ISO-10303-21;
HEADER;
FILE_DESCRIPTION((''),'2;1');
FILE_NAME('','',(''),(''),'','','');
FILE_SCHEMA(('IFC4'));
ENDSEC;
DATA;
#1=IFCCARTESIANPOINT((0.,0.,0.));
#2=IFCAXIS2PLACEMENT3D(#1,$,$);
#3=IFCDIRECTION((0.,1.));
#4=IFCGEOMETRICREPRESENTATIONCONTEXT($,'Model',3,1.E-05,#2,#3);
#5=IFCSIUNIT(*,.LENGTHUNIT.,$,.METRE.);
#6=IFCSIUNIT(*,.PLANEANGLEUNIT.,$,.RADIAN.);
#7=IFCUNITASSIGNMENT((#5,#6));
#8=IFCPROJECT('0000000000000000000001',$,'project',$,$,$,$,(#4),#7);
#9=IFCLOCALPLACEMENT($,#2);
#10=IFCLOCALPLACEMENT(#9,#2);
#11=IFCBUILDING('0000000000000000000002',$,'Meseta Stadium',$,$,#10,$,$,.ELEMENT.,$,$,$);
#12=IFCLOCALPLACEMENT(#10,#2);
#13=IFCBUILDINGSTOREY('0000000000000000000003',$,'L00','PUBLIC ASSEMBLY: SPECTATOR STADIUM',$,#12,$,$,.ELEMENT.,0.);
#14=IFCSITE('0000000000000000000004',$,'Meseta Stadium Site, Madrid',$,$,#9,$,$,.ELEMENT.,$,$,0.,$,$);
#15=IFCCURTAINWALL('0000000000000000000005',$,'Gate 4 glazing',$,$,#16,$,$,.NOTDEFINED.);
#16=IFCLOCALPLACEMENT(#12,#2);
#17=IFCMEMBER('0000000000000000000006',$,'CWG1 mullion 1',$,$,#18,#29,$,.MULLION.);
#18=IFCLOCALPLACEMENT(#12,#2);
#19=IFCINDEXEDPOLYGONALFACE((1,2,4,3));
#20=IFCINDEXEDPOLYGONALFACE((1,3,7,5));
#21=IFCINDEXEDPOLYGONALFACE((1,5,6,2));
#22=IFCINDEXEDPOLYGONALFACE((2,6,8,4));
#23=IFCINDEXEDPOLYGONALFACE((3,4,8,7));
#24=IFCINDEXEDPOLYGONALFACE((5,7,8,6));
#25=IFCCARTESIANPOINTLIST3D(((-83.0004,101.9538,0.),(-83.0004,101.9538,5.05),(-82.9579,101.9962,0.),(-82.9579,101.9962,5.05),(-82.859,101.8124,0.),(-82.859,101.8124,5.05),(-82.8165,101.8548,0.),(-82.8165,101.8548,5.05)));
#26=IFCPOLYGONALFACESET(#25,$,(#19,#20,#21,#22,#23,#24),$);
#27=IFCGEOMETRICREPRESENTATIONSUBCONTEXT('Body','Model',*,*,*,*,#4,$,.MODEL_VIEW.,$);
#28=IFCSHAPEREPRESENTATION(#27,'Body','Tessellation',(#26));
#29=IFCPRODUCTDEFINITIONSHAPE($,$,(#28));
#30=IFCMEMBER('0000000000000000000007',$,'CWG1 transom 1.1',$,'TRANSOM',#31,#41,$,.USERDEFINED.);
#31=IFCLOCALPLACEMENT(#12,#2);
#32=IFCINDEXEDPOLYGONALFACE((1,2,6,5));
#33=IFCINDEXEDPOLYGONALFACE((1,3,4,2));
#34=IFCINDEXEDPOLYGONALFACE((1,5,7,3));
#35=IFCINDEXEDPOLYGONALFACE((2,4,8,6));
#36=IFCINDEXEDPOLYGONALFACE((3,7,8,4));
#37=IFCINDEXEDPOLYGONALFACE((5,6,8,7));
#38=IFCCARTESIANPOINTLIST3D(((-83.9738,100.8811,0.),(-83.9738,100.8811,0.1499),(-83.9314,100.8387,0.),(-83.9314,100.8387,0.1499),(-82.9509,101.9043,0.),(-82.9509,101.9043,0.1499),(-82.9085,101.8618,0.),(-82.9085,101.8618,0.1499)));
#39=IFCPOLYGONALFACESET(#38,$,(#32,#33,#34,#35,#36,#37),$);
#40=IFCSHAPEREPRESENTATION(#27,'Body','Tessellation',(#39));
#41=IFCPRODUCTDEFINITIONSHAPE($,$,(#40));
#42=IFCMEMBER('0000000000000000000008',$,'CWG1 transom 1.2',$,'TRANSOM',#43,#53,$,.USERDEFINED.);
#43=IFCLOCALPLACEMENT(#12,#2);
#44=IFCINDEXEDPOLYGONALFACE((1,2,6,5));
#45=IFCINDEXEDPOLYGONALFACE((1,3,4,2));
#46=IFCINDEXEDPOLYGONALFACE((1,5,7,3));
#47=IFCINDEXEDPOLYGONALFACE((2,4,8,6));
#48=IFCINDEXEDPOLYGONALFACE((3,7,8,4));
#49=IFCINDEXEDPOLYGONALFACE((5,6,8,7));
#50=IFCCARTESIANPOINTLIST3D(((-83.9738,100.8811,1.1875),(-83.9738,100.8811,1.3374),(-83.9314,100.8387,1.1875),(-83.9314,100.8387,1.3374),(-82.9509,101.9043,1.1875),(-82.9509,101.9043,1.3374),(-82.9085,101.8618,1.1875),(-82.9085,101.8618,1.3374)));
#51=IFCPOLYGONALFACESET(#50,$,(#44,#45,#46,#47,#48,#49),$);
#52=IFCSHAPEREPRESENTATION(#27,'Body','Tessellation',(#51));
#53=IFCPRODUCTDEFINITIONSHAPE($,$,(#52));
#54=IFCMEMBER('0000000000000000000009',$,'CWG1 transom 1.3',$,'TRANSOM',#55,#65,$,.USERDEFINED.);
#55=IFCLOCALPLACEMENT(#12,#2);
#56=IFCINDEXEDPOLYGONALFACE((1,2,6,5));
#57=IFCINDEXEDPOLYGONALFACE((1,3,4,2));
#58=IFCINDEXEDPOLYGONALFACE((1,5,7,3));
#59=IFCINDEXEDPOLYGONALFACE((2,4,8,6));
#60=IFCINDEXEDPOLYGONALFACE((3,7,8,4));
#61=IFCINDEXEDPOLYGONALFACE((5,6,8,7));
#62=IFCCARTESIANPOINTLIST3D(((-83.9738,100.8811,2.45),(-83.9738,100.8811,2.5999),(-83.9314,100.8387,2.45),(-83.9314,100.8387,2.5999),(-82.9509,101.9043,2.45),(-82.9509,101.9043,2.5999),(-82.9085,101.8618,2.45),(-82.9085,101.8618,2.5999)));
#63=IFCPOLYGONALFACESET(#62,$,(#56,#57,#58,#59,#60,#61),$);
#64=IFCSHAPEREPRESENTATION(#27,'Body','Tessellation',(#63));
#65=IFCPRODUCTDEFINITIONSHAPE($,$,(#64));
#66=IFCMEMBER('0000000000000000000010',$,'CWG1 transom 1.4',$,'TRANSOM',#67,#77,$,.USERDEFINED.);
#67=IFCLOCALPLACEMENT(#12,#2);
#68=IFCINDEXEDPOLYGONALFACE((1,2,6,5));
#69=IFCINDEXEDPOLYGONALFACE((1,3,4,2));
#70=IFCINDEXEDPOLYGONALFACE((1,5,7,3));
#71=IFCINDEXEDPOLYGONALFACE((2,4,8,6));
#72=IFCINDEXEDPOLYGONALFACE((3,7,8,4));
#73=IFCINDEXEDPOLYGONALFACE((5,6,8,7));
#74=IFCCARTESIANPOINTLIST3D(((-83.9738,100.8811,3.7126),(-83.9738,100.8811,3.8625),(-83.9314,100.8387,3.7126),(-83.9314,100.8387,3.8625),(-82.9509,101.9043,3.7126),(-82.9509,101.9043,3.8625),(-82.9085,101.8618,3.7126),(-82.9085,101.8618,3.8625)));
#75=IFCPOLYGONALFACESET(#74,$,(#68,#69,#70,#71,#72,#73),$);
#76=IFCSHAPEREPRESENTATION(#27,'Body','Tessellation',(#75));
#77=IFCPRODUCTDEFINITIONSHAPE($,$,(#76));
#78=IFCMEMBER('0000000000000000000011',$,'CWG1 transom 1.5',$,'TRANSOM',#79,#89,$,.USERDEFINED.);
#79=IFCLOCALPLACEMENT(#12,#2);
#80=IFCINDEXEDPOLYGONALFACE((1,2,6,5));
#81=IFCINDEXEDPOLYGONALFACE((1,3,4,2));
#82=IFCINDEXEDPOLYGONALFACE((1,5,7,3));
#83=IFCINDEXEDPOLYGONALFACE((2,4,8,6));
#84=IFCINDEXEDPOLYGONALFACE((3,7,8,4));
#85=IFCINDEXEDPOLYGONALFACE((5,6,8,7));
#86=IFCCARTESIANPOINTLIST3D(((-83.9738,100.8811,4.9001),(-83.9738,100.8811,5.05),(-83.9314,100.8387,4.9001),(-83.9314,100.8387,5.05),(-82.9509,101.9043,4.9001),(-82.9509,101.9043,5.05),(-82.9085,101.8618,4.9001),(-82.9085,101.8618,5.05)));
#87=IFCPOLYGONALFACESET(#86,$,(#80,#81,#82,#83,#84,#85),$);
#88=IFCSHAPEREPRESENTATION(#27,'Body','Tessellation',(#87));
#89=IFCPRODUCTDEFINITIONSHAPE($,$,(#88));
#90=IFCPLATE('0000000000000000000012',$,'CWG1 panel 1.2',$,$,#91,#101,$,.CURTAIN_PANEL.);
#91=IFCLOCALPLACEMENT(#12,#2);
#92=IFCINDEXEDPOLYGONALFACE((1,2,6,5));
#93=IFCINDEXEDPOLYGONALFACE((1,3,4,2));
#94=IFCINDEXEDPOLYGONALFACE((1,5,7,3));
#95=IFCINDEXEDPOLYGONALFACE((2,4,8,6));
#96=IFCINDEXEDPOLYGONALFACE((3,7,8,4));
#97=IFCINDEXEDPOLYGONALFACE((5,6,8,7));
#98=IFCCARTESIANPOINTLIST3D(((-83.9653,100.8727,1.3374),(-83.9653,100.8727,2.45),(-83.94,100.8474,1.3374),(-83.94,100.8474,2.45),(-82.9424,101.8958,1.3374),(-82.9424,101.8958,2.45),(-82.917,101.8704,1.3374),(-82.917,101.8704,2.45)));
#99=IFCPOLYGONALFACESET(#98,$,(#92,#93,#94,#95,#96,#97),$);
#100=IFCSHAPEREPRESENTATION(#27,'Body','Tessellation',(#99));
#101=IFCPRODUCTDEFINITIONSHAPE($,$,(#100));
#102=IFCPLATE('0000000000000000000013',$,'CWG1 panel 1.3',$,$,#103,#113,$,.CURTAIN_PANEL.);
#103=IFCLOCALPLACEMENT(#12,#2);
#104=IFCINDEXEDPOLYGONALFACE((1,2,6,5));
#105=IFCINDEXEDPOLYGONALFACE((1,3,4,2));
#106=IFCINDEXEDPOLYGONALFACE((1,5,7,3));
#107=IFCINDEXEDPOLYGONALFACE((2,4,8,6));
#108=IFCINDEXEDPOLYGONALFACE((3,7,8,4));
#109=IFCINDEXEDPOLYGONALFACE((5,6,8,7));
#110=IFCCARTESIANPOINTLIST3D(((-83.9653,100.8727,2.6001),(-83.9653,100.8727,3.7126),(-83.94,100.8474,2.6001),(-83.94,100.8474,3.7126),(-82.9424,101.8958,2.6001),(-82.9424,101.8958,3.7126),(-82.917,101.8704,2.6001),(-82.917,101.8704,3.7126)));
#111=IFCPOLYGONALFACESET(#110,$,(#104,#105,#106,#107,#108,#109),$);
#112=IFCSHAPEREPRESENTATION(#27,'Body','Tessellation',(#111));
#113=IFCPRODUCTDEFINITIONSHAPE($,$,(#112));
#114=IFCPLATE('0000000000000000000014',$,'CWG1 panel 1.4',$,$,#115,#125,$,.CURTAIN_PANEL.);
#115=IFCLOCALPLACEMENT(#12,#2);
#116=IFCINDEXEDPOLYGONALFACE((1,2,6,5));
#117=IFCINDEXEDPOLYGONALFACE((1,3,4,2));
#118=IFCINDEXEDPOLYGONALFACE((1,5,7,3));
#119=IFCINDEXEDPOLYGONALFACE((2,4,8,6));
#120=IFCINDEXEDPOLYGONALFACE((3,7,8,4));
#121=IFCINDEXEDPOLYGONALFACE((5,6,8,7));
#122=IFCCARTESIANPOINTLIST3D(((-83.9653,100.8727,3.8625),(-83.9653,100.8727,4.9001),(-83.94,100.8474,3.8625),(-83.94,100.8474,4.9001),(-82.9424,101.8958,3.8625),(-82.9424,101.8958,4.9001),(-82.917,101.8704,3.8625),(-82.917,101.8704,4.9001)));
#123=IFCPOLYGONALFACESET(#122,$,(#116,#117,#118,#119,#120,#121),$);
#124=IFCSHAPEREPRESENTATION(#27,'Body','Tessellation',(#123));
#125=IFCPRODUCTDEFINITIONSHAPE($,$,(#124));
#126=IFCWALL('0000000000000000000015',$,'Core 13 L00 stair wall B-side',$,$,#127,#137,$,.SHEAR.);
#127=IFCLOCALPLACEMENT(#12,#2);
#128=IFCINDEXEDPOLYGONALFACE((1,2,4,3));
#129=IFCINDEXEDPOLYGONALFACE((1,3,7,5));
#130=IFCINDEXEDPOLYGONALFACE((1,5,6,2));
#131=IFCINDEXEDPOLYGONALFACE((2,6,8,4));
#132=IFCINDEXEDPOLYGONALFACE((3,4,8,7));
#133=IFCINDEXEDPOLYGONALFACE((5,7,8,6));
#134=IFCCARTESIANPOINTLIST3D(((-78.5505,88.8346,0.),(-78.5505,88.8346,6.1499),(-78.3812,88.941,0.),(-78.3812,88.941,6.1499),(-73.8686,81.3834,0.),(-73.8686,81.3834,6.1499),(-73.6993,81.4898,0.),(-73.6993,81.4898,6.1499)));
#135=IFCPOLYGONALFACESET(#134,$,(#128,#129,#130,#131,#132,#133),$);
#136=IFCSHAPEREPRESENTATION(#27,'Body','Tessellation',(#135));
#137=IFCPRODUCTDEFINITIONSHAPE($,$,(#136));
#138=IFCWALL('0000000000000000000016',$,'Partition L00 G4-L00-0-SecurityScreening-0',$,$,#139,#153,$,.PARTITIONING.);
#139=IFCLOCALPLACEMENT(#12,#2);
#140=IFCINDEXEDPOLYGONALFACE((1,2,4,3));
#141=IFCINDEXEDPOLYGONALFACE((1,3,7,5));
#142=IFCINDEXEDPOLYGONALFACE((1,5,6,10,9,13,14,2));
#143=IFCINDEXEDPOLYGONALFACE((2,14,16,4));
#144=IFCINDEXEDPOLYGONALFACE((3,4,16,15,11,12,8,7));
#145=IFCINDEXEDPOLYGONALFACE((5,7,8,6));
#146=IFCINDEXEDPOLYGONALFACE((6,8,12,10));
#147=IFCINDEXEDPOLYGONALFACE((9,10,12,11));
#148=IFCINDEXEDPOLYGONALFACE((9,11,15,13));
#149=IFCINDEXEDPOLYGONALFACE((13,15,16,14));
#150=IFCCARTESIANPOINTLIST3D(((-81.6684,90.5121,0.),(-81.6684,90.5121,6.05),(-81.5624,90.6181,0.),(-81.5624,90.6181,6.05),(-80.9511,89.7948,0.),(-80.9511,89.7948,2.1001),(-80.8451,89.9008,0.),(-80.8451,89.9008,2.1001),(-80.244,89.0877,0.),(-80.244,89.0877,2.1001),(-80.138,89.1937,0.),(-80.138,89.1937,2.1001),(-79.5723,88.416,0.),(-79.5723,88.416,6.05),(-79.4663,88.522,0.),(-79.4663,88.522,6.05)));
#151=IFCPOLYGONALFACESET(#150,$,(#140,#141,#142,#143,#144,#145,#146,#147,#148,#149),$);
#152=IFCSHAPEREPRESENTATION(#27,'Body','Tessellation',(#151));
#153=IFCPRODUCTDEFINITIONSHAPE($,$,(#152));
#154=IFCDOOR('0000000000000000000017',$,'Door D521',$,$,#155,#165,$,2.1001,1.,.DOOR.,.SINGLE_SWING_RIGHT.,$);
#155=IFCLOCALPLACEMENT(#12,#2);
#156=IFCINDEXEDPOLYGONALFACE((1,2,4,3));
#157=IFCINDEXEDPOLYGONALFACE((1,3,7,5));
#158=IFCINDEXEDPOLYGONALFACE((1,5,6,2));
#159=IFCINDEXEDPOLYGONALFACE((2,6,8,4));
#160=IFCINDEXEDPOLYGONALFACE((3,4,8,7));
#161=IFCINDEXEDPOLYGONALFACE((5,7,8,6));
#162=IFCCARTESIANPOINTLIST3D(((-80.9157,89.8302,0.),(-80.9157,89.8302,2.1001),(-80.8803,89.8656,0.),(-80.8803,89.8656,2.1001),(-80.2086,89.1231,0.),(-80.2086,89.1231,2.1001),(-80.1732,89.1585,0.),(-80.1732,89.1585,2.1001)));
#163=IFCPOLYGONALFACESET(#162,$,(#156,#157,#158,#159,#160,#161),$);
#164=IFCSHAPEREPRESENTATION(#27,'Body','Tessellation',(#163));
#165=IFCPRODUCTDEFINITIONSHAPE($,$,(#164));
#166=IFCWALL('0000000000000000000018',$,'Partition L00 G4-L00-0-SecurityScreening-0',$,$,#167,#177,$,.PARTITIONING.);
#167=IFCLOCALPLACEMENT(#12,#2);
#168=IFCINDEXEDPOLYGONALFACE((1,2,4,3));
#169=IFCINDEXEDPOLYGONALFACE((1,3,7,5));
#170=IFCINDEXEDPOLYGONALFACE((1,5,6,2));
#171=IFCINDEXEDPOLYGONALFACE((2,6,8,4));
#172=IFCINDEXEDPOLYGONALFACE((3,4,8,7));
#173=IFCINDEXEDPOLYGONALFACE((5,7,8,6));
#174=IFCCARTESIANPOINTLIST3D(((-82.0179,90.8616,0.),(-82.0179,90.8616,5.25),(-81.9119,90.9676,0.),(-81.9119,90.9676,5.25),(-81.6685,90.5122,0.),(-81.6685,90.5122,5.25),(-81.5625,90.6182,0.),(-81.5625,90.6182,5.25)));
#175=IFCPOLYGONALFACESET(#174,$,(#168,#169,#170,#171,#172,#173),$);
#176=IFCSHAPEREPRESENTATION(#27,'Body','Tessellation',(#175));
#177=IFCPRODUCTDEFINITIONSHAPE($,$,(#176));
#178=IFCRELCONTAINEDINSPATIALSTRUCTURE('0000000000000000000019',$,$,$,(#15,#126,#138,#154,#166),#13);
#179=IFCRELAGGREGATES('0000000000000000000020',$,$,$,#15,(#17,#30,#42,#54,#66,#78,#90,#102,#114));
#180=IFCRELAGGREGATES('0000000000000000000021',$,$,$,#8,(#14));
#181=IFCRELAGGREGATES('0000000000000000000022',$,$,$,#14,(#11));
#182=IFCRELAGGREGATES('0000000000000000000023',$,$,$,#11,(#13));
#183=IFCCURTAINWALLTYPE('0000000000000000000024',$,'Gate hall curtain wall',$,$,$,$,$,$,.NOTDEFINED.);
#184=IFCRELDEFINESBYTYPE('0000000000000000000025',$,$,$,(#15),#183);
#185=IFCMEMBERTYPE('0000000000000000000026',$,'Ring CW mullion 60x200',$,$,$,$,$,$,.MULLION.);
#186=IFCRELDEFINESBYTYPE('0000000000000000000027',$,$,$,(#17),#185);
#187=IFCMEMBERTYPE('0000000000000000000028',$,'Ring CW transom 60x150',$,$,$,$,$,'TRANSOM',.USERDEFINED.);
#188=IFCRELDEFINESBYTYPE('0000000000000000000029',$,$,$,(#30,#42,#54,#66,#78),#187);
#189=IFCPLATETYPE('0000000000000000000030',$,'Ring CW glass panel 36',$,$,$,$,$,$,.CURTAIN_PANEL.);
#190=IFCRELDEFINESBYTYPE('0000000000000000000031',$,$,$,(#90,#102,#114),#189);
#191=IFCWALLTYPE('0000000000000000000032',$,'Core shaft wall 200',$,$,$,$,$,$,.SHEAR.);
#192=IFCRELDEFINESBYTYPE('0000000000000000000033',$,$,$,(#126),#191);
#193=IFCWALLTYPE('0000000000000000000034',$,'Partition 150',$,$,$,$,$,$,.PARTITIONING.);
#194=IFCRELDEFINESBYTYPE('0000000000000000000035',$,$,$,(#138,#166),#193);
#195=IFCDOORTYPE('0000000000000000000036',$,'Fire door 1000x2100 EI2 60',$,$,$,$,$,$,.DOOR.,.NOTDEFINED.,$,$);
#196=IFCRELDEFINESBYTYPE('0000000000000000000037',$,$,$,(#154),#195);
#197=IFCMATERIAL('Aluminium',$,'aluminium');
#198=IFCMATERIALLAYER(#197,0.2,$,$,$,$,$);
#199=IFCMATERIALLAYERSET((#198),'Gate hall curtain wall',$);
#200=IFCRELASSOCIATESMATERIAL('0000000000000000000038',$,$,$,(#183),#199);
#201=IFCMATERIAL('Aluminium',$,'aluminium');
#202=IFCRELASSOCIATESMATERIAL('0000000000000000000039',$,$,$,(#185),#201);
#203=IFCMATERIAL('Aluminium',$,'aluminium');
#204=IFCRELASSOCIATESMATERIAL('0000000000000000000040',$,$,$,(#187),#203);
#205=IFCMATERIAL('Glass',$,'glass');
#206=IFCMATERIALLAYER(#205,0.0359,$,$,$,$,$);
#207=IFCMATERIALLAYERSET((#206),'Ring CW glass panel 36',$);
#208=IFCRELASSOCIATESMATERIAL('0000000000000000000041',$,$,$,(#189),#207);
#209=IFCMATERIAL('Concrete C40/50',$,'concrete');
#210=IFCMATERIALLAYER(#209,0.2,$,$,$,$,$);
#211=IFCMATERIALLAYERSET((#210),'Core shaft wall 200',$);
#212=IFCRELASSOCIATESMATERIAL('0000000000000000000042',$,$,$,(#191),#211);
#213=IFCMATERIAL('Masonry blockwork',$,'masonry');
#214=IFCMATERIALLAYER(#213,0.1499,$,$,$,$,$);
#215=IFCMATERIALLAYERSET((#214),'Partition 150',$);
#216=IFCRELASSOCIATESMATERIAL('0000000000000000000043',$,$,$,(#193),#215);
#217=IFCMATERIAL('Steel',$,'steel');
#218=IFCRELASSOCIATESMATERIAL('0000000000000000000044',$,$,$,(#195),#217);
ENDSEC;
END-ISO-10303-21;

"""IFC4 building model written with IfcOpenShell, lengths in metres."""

from ifc_helpers import new_model, si_unit, direction, frame, frame_2d, origin, origin_2d, place, context, subcontext, project, spatial, rectangle, extrude, material, layer, layer_set, material_profile, profile_set, type_object, element, fill, aggregate, save


model = new_model("IFC4")

# Units and contexts
model_context = context("Model", 3, precision=1e-05, world=origin(), true_north=direction((0.0, 1.0)))
body_context = subcontext(model_context, "Body", "Model", "MODEL_VIEW")
ifc_project = project(units=[si_unit("LENGTHUNIT", "METRE"), si_unit("PLANEANGLEUNIT", "RADIAN")], contexts=[model_context])

# Site, building, storey
site_placement = place(None, origin())
site = spatial("IfcSite", under=ifc_project, at=site_placement, Name="Meseta Stadium Site, Madrid", CompositionType="ELEMENT", RefElevation=0.0)
building_placement = place(site_placement, origin())
building = spatial("IfcBuilding", under=site, at=building_placement, Name="Meseta Stadium", CompositionType="ELEMENT")
storey_placement = place(building_placement, origin())
storey = spatial("IfcBuildingStorey", under=building, at=storey_placement, Name="L00", Description="PUBLIC ASSEMBLY: SPECTATOR STADIUM", CompositionType="ELEMENT", Elevation=0.0)

# Curtain wall, members, plates
ifc_material_1 = material(Name="Aluminium", Category="aluminium")
ifc_layer_1 = layer(ifc_material_1, 0.2)
ifc_layer_set_1 = layer_set([ifc_layer_1], Name="Gate hall curtain wall")
curtain_wall_type = type_object("IfcCurtainWallType", Name="Gate hall curtain wall", PredefinedType="NOTDEFINED", material=ifc_layer_set_1)
curtain_wall_placement = place(storey_placement, origin())
curtain_wall = element("IfcCurtainWall", 1, at=curtain_wall_placement, inside=storey, type_object=curtain_wall_type, Name="Gate 4 glazing", PredefinedType="NOTDEFINED")
ifc_material_2 = material(Name="Aluminium", Category="aluminium")
ifc_material_profile_1 = material_profile(ifc_material_2, rectangle(XDim=0.2, YDim=0.0601, at=origin_2d()), Name="CW 200x60")
ifc_profile_set_1 = profile_set([ifc_material_profile_1], Name="Aluminium")
member_type_1 = type_object("IfcMemberType", Name="Ring CW mullion 60x200", PredefinedType="MULLION", material=ifc_profile_set_1)
member_1_placement = place(storey_placement, frame((-82.9084, 101.9043, 0.0), z_axis=(0.0, 0.0, 1.0), x_axis=(0.707139, -0.707075, 0.0)))
member_1 = element("IfcMember", 2, at=member_1_placement, type_object=member_type_1, Name="CWG1 mullion 1", PredefinedType="MULLION", context=body_context, shape_type="SweptSolid", body=[
    extrude(rectangle(XDim=0.2, YDim=0.0601, at=origin_2d()), origin(), (0.0, 0.0, 1.0), 5.05),
])
ifc_material_3 = material(Name="Aluminium", Category="aluminium")
ifc_material_profile_2 = material_profile(ifc_material_3, rectangle(XDim=0.0601, YDim=0.1499, at=origin_2d()), Name="CW 60x150")
ifc_profile_set_2 = profile_set([ifc_material_profile_2], Name="Aluminium")
member_type_2 = type_object("IfcMemberType", Name="Ring CW transom 60x150", ElementType="TRANSOM", PredefinedType="USERDEFINED", material=ifc_profile_set_2)
member_2_placement = place(storey_placement, frame((-82.9297, 101.8831, 0.075), z_axis=(-0.707022, -0.707191, 0.0), x_axis=(0.707191, -0.707022, 0.0)))
member_2 = element("IfcMember", 3, at=member_2_placement, type_object=member_type_2, Name="CWG1 transom 1.1", ObjectType="TRANSOM", PredefinedType="USERDEFINED", context=body_context, shape_type="SweptSolid", body=[
    extrude(rectangle(XDim=0.0601, YDim=0.1499, at=origin_2d()), origin(), (0.0, 0.0, 1.0), 1.4468),
])
member_3_placement = place(storey_placement, frame((-82.9297, 101.8831, 1.2625), z_axis=(-0.707022, -0.707191, 0.0), x_axis=(0.707191, -0.707022, 0.0)))
member_3 = element("IfcMember", 4, at=member_3_placement, type_object=member_type_2, Name="CWG1 transom 1.2", ObjectType="TRANSOM", PredefinedType="USERDEFINED", context=body_context, shape_type="SweptSolid", body=[
    extrude(rectangle(XDim=0.0601, YDim=0.1499, at=origin_2d()), origin(), (0.0, 0.0, 1.0), 1.4468),
])
member_4_placement = place(storey_placement, frame((-82.9297, 101.8831, 2.5249), z_axis=(-0.707022, -0.707191, 0.0), x_axis=(0.707191, -0.707022, 0.0)))
member_4 = element("IfcMember", 5, at=member_4_placement, type_object=member_type_2, Name="CWG1 transom 1.3", ObjectType="TRANSOM", PredefinedType="USERDEFINED", context=body_context, shape_type="SweptSolid", body=[
    extrude(rectangle(XDim=0.0601, YDim=0.1499, at=origin_2d()), origin(), (0.0, 0.0, 1.0), 1.4468),
])
member_5_placement = place(storey_placement, frame((-82.9297, 101.8831, 3.7876), z_axis=(-0.707022, -0.707191, 0.0), x_axis=(0.707191, -0.707022, 0.0)))
member_5 = element("IfcMember", 6, at=member_5_placement, type_object=member_type_2, Name="CWG1 transom 1.4", ObjectType="TRANSOM", PredefinedType="USERDEFINED", context=body_context, shape_type="SweptSolid", body=[
    extrude(rectangle(XDim=0.0601, YDim=0.1499, at=origin_2d()), origin(), (0.0, 0.0, 1.0), 1.4468),
])
member_6_placement = place(storey_placement, frame((-82.9297, 101.8831, 4.9751), z_axis=(-0.707022, -0.707191, 0.0), x_axis=(0.707191, -0.707022, 0.0)))
member_6 = element("IfcMember", 7, at=member_6_placement, type_object=member_type_2, Name="CWG1 transom 1.5", ObjectType="TRANSOM", PredefinedType="USERDEFINED", context=body_context, shape_type="SweptSolid", body=[
    extrude(rectangle(XDim=0.0601, YDim=0.1499, at=origin_2d()), origin(), (0.0, 0.0, 1.0), 1.4468),
])
ifc_material_4 = material(Name="Glass", Category="glass")
ifc_layer_2 = layer(ifc_material_4, 0.0359)
ifc_layer_set_2 = layer_set([ifc_layer_2], Name="Ring CW glass panel 36")
plate_type = type_object("IfcPlateType", Name="Ring CW glass panel 36", PredefinedType="CURTAIN_PANEL", material=ifc_layer_set_2)
plate_1_placement = place(storey_placement, frame((-83.4412, 101.3716, 1.3374), z_axis=(0.0, 0.0, 1.0), x_axis=(-0.707075, -0.707139, 0.0)))
plate_1 = element("IfcPlate", 8, at=plate_1_placement, type_object=plate_type, Name="CWG1 panel 1.2", PredefinedType="CURTAIN_PANEL", context=body_context, shape_type="SweptSolid", body=[
    extrude(rectangle(XDim=1.4468, YDim=0.0359, at=origin_2d()), origin(), (0.0, 0.0, 1.0), 1.1125),
])
plate_2_placement = place(storey_placement, frame((-83.4412, 101.3716, 2.6001), z_axis=(0.0, 0.0, 1.0), x_axis=(-0.707075, -0.707139, 0.0)))
plate_2 = element("IfcPlate", 9, at=plate_2_placement, type_object=plate_type, Name="CWG1 panel 1.3", PredefinedType="CURTAIN_PANEL", context=body_context, shape_type="SweptSolid", body=[
    extrude(rectangle(XDim=1.4468, YDim=0.0359, at=origin_2d()), origin(), (0.0, 0.0, 1.0), 1.1125),
])
plate_3_placement = place(storey_placement, frame((-83.4412, 101.3716, 3.8625), z_axis=(0.0, 0.0, 1.0), x_axis=(-0.707075, -0.707139, 0.0)))
plate_3 = element("IfcPlate", 10, at=plate_3_placement, type_object=plate_type, Name="CWG1 panel 1.4", PredefinedType="CURTAIN_PANEL", context=body_context, shape_type="SweptSolid", body=[
    extrude(rectangle(XDim=1.4468, YDim=0.0359, at=origin_2d()), origin(), (0.0, 0.0, 1.0), 1.0376),
])
aggregate(curtain_wall, [member_1, member_2, member_3, member_4, member_5, member_6, plate_1, plate_2, plate_3])

# Wall
ifc_material_5 = material(Name="Concrete C40/50", Category="concrete")
ifc_layer_3 = layer(ifc_material_5, 0.2)
ifc_layer_set_3 = layer_set([ifc_layer_3], Name="Core shaft wall 200")
wall_type_1 = type_object("IfcWallType", Name="Core shaft wall 200", PredefinedType="SHEAR", material=ifc_layer_set_3)
wall_1_placement = place(storey_placement, frame((-78.4658, 88.8877, 0.0), z_axis=(0.0, 0.0, 1.0), x_axis=(0.532032, -0.846724, 0.0)))
element("IfcWall", 11, at=wall_1_placement, inside=storey, type_object=wall_type_1, Name="Core 13 L00 stair wall B-side", PredefinedType="SHEAR", context=body_context, shape_type="SweptSolid", body=[
    extrude(rectangle(XDim=8.8, YDim=0.2, at=frame_2d((4.3999, 0.0))), origin(), (0.0, 0.0, 1.0), 6.1499),
])

# Wall, opening, door
ifc_material_6 = material(Name="Masonry blockwork", Category="masonry")
ifc_layer_4 = layer(ifc_material_6, 0.1499)
ifc_layer_set_4 = layer_set([ifc_layer_4], Name="Partition 150")
wall_type_2 = type_object("IfcWallType", Name="Partition 150", PredefinedType="PARTITIONING", material=ifc_layer_set_4)
wall_2_placement = place(storey_placement, frame((-79.5193, 88.469, 0.0), z_axis=(0.0, 0.0, 1.0), x_axis=(-0.707107, 0.707107, 0.0)))
wall_2 = element("IfcWall", 12, at=wall_2_placement, inside=storey, type_object=wall_type_2, Name="Partition L00 G4-L00-0-SecurityScreening-0", PredefinedType="PARTITIONING", context=body_context, shape_type="SweptSolid", body=[
    extrude(rectangle(XDim=2.9644, YDim=0.1499, at=frame_2d((1.4822, 0.0))), origin(), (0.0, 0.0, 1.0), 6.05),
])
opening_1_placement = place(wall_2_placement, frame((0.95, 0.0, 0.0)))
opening_1 = element("IfcOpeningElement", 13, at=opening_1_placement, cuts=wall_2, PredefinedType="OPENING", context=body_context, shape_type="SweptSolid", body=[
    extrude(rectangle(XDim=1.0, YDim=2.1001, at=frame_2d((0.5, 1.05))), frame((0.0, 0.085, 0.0), z_axis=(0.0, -1.0, 0.0), x_axis=(1.0, 0.0, 0.0)), (0.0, 0.0, 1.0), 0.1699),
])
ifc_material_7 = material(Name="Steel", Category="steel")
door_type = type_object("IfcDoorType", Name="Fire door 1000x2100 EI2 60", OperationType="NOTDEFINED", PredefinedType="DOOR", material=ifc_material_7)
door_1_placement = place(opening_1_placement, origin())
door_1 = element("IfcDoor", 14, at=door_1_placement, inside=storey, type_object=door_type, Name="Door D521", OperationType="SINGLE_SWING_RIGHT", OverallHeight=2.1001, OverallWidth=1.0, PredefinedType="DOOR", context=body_context, shape_type="SweptSolid", body=[
    extrude(rectangle(XDim=1.0, YDim=2.1001, at=frame_2d((0.5, 1.05))), frame((0.0, 0.0249, 0.0), z_axis=(0.0, -1.0, 0.0), x_axis=(1.0, 0.0, 0.0)), (0.0, 0.0, 1.0), 0.05),
])
fill(opening_1, door_1)

# Wall
for number, where, z_axis, x_axis, name in (
    (15, (-81.6155, 90.5652, 0.0), (0.0, 0.0, 1.0), (-0.707107, 0.707107, 0.0), "Partition L00 G4-L00-0-SecurityScreening-0"),
):
    element("IfcWall", number, at=place(storey_placement, frame(where, z_axis=z_axis, x_axis=x_axis)), inside=storey, type_object=wall_type_2, Name=name, PredefinedType="PARTITIONING", context=body_context, shape_type="SweptSolid", body=[
        extrude(rectangle(XDim=0.4941, YDim=0.1499, at=frame_2d((0.2471, 0.0))), origin(), (0.0, 0.0, 1.0), 5.25),
    ])

save(model, "model.ifc")
